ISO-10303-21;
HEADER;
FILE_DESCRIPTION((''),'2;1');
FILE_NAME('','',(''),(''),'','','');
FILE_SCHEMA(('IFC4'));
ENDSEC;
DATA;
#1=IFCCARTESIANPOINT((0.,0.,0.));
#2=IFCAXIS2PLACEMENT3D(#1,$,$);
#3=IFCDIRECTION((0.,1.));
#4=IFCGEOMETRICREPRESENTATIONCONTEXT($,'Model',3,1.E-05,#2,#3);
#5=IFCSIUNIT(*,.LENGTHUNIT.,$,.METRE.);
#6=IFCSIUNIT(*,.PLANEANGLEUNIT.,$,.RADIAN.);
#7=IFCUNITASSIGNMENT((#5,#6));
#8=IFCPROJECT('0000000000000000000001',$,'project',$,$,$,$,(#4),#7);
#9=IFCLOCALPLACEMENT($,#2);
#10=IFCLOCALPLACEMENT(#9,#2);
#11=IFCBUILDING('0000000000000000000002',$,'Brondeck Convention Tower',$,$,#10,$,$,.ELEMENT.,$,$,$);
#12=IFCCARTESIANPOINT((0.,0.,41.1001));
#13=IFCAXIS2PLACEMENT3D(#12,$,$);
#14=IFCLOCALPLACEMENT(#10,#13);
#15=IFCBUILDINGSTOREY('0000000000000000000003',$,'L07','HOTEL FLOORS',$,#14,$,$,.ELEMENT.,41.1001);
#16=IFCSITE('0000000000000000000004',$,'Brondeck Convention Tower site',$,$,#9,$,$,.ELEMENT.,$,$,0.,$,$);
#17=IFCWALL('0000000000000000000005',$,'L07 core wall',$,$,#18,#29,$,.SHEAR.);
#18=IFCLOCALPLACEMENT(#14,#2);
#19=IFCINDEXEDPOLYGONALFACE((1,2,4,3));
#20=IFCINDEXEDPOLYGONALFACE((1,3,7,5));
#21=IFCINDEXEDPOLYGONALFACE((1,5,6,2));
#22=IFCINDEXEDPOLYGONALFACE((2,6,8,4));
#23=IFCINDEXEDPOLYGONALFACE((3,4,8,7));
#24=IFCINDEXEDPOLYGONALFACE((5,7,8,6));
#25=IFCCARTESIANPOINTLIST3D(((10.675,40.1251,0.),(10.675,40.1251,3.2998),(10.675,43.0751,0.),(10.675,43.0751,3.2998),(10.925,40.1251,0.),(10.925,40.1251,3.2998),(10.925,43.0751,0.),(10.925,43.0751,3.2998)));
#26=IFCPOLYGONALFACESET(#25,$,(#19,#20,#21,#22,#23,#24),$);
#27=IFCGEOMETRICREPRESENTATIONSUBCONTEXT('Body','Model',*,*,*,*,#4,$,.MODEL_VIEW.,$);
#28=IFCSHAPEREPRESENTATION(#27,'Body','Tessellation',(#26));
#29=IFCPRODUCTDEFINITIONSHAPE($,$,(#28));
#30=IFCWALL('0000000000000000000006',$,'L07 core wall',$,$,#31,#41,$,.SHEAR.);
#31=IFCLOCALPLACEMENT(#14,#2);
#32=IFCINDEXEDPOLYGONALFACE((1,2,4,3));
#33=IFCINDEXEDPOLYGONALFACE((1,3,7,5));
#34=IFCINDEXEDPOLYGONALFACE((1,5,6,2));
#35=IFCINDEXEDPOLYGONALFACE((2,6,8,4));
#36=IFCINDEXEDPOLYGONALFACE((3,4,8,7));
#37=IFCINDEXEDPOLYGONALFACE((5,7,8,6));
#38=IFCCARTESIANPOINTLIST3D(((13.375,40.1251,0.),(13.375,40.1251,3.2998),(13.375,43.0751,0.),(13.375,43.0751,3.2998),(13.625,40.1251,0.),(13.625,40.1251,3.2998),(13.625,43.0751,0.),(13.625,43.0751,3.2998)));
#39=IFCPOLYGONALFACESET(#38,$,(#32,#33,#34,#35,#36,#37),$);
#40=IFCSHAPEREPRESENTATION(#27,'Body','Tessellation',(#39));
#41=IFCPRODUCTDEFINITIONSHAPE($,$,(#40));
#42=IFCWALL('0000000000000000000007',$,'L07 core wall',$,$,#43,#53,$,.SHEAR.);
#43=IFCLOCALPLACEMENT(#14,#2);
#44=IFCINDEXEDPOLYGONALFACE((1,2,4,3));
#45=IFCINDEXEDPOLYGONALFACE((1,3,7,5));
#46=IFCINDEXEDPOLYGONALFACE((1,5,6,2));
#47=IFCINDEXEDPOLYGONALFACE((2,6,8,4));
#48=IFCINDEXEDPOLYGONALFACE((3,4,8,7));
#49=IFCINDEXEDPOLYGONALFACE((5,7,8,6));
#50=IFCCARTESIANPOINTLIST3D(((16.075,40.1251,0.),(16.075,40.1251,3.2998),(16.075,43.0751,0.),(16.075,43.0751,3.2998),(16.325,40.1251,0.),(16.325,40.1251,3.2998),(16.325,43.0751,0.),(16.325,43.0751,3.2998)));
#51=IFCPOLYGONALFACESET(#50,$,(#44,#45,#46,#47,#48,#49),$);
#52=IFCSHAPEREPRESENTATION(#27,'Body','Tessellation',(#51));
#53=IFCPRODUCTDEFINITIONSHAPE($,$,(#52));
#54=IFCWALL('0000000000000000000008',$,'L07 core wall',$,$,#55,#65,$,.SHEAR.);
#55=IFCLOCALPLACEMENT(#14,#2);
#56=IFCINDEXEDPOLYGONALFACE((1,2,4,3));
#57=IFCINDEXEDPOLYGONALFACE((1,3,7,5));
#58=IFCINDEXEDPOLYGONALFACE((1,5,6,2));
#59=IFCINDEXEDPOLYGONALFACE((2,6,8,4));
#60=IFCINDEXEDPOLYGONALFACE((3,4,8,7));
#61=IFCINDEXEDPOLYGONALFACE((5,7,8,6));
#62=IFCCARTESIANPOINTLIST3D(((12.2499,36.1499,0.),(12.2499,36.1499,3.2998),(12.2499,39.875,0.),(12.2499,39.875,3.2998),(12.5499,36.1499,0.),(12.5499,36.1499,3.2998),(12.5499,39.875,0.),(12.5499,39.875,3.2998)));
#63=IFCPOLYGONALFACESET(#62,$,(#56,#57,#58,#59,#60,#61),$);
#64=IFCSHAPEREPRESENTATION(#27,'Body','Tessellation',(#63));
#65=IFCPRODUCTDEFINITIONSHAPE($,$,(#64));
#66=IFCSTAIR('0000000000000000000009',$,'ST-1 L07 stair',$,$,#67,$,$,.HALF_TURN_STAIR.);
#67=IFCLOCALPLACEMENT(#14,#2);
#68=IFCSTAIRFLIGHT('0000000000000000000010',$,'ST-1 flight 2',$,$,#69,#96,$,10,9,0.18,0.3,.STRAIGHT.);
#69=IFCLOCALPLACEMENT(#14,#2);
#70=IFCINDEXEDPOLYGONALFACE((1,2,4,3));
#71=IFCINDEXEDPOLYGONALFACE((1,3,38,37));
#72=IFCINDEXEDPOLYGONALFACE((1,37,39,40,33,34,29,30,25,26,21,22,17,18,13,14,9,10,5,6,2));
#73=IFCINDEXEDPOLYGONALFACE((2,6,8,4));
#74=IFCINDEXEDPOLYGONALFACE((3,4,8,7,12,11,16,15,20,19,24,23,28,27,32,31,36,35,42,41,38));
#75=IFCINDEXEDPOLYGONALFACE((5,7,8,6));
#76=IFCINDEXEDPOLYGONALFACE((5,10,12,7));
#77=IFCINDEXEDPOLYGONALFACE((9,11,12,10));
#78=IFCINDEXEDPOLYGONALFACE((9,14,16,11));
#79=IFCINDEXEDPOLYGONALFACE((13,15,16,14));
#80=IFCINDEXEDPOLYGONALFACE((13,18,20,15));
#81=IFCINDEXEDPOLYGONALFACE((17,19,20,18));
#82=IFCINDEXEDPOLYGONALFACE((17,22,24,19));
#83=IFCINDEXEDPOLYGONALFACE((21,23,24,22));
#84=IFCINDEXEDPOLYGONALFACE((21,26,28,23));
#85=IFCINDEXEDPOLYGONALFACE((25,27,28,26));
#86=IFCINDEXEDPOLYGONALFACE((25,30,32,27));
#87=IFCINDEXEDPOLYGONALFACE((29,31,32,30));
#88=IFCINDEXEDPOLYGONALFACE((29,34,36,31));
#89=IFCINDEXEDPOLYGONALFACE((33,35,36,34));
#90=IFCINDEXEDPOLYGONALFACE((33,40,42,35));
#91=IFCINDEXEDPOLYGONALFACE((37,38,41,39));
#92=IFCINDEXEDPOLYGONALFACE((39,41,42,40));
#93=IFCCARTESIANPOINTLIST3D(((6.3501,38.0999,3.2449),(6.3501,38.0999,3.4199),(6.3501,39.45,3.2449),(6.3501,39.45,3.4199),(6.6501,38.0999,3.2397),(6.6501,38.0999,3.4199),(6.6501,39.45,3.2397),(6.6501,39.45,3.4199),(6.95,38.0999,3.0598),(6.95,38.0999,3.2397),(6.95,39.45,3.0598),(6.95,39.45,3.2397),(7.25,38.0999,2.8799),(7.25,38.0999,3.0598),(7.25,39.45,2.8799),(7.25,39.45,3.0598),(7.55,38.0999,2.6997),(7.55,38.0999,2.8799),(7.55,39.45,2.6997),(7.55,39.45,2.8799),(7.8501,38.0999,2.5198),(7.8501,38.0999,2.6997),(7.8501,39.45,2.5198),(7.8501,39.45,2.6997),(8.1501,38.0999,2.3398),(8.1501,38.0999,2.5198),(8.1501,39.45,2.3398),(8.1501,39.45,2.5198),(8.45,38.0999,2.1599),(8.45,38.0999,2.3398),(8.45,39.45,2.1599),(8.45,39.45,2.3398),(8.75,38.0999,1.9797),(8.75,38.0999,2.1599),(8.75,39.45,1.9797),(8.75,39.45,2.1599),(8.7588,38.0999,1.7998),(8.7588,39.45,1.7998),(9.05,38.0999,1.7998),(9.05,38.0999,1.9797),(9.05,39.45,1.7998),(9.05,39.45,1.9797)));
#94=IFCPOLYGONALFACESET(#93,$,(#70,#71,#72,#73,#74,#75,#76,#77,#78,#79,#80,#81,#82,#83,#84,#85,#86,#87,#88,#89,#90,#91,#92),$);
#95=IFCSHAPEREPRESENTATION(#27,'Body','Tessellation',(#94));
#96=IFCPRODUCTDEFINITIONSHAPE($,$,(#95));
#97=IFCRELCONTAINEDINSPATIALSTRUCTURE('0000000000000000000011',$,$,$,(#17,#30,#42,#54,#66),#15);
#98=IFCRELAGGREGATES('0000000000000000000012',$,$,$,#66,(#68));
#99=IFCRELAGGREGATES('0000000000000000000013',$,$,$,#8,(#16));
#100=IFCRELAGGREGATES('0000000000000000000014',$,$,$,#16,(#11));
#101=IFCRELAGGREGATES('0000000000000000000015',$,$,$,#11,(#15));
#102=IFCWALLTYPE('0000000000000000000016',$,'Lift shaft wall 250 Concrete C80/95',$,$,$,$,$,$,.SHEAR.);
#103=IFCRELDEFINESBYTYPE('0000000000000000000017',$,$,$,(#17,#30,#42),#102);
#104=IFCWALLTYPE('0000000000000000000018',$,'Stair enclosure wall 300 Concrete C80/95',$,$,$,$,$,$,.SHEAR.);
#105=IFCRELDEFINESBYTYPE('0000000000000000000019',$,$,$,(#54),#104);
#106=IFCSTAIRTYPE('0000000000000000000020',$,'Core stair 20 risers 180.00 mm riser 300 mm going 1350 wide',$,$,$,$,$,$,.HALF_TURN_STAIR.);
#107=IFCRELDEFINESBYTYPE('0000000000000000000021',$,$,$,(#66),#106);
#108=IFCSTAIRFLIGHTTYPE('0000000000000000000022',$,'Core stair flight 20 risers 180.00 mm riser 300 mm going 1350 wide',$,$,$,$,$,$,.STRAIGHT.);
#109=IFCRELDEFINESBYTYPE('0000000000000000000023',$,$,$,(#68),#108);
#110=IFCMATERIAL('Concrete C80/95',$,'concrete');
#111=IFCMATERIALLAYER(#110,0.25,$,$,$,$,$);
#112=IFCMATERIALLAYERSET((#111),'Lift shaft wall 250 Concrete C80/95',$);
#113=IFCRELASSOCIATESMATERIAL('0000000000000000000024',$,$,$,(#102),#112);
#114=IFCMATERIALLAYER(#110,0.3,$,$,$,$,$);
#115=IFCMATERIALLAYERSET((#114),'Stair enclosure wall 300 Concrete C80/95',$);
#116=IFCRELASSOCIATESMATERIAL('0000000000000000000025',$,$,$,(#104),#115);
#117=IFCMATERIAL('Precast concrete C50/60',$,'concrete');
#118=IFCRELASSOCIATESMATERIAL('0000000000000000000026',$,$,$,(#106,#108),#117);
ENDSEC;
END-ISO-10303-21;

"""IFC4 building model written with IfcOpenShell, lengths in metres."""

from ifc_helpers import new_model, si_unit, direction, frame, frame_2d, origin, place, context, subcontext, project, spatial, polyline, rectangle, outline, extrude, material, layer, layer_set, type_object, element, aggregate, save


model = new_model("IFC4")

# Units and contexts
model_context = context("Model", 3, precision=1e-05, world=origin(), true_north=direction((0.0, 1.0)))
body_context = subcontext(model_context, "Body", "Model", "MODEL_VIEW")
ifc_project = project(units=[si_unit("LENGTHUNIT", "METRE"), si_unit("PLANEANGLEUNIT", "RADIAN")], contexts=[model_context])

# Site, building, storey
site_placement = place(None, origin())
site = spatial("IfcSite", under=ifc_project, at=site_placement, Name="Brondeck Convention Tower site", CompositionType="ELEMENT", RefElevation=0.0)
building_placement = place(site_placement, origin())
building = spatial("IfcBuilding", under=site, at=building_placement, Name="Brondeck Convention Tower", CompositionType="ELEMENT")
storey_placement = place(building_placement, frame((0.0, 0.0, 41.1001)))
storey = spatial("IfcBuildingStorey", under=building, at=storey_placement, Name="L07", Description="HOTEL FLOORS", CompositionType="ELEMENT", Elevation=41.1001)

# Shared definitions
ifc_material_1 = material(Name="Concrete C80/95", Category="concrete")

# Walls
ifc_layer_1 = layer(ifc_material_1, 0.25)
ifc_layer_set_1 = layer_set([ifc_layer_1], Name="Lift shaft wall 250 Concrete C80/95")
wall_type_1 = type_object("IfcWallType", Name="Lift shaft wall 250 Concrete C80/95", PredefinedType="SHEAR", material=ifc_layer_set_1)
for number, where, z_axis, x_axis, name in (
    (1, (10.8, 40.125, 0.0), (0.0, 0.0, 1.0), (0.0, 1.0, 0.0), "L07 core wall"),
    (2, (13.5, 40.125, 0.0), (0.0, 0.0, 1.0), (0.0, 1.0, 0.0), "L07 core wall"),
    (3, (16.2, 40.125, 0.0), (0.0, 0.0, 1.0), (0.0, 1.0, 0.0), "L07 core wall"),
):
    element("IfcWall", number, at=place(storey_placement, frame(where, z_axis=z_axis, x_axis=x_axis)), inside=storey, type_object=wall_type_1, Name=name, PredefinedType="SHEAR", context=body_context, shape_type="SweptSolid", body=[
        extrude(rectangle(XDim=2.95, YDim=0.25, at=frame_2d((1.4751, 0.0))), origin(), (0.0, 0.0, 1.0), 3.2998),
    ])
ifc_layer_2 = layer(ifc_material_1, 0.3)
ifc_layer_set_2 = layer_set([ifc_layer_2], Name="Stair enclosure wall 300 Concrete C80/95")
wall_type_2 = type_object("IfcWallType", Name="Stair enclosure wall 300 Concrete C80/95", PredefinedType="SHEAR", material=ifc_layer_set_2)
wall_1_placement = place(storey_placement, frame((12.3999, 36.1499, 0.0), z_axis=(0.0, 0.0, 1.0), x_axis=(0.0, 1.0, 0.0)))
element("IfcWall", 4, at=wall_1_placement, inside=storey, type_object=wall_type_2, Name="L07 core wall", PredefinedType="SHEAR", context=body_context, shape_type="SweptSolid", body=[
    extrude(rectangle(XDim=3.7251, YDim=0.3, at=frame_2d((1.8625, 0.0))), origin(), (0.0, 0.0, 1.0), 3.2998),
])

# Stair, stair flight
ifc_material_2 = material(Name="Precast concrete C50/60", Category="concrete")
stair_type = type_object("IfcStairType", Name="Core stair 20 risers 180.00 mm riser 300 mm going 1350 wide", PredefinedType="HALF_TURN_STAIR", material=ifc_material_2)
stair_placement = place(storey_placement, origin())
stair = element("IfcStair", 5, at=stair_placement, inside=storey, type_object=stair_type, Name="ST-1 L07 stair", PredefinedType="HALF_TURN_STAIR")
stair_flight_type = type_object("IfcStairFlightType", Name="Core stair flight 20 risers 180.00 mm riser 300 mm going 1350 wide", PredefinedType="STRAIGHT", material=ifc_material_2)
stair_flight_placement = place(storey_placement, frame((9.05, 38.7749, 1.7998), z_axis=(0.0, 0.0, 1.0), x_axis=(-1.0, 0.0, 0.0)))
stair_flight = element("IfcStairFlight", 6, at=stair_flight_placement, type_object=stair_flight_type, Name="ST-1 flight 2", NumberOfRisers=10, NumberOfTreads=9, PredefinedType="STRAIGHT", RiserHeight=0.18, TreadLength=0.3, context=body_context, shape_type="SweptSolid", body=[
    extrude(outline(polyline([(0.0, 0.0), (0.0, 0.1799), (0.3, 0.1799), (0.3, 0.3601), (0.6001, 0.3601), (0.6001, 0.54), (0.8999, 0.54), (0.8999, 0.72), (1.2, 0.72), (1.2, 0.8999), (1.5, 0.8999), (1.5, 1.0801), (1.8, 1.0801), (1.8, 1.26), (2.1001, 1.26), (2.1001, 1.4399), (2.3999, 1.4399), (2.3999, 1.6201), (2.7, 1.6201), (2.7, 1.8), (2.7, 1.4451), (0.2913, 0.0), (0.0, 0.0)])), frame((0.0, 0.675, 0.0), z_axis=(0.0, -1.0, 0.0), x_axis=(1.0, 0.0, 0.0)), (0.0, 0.0, 1.0), 1.3501),
])
aggregate(stair, [stair_flight])

save(model, "model.ifc")
